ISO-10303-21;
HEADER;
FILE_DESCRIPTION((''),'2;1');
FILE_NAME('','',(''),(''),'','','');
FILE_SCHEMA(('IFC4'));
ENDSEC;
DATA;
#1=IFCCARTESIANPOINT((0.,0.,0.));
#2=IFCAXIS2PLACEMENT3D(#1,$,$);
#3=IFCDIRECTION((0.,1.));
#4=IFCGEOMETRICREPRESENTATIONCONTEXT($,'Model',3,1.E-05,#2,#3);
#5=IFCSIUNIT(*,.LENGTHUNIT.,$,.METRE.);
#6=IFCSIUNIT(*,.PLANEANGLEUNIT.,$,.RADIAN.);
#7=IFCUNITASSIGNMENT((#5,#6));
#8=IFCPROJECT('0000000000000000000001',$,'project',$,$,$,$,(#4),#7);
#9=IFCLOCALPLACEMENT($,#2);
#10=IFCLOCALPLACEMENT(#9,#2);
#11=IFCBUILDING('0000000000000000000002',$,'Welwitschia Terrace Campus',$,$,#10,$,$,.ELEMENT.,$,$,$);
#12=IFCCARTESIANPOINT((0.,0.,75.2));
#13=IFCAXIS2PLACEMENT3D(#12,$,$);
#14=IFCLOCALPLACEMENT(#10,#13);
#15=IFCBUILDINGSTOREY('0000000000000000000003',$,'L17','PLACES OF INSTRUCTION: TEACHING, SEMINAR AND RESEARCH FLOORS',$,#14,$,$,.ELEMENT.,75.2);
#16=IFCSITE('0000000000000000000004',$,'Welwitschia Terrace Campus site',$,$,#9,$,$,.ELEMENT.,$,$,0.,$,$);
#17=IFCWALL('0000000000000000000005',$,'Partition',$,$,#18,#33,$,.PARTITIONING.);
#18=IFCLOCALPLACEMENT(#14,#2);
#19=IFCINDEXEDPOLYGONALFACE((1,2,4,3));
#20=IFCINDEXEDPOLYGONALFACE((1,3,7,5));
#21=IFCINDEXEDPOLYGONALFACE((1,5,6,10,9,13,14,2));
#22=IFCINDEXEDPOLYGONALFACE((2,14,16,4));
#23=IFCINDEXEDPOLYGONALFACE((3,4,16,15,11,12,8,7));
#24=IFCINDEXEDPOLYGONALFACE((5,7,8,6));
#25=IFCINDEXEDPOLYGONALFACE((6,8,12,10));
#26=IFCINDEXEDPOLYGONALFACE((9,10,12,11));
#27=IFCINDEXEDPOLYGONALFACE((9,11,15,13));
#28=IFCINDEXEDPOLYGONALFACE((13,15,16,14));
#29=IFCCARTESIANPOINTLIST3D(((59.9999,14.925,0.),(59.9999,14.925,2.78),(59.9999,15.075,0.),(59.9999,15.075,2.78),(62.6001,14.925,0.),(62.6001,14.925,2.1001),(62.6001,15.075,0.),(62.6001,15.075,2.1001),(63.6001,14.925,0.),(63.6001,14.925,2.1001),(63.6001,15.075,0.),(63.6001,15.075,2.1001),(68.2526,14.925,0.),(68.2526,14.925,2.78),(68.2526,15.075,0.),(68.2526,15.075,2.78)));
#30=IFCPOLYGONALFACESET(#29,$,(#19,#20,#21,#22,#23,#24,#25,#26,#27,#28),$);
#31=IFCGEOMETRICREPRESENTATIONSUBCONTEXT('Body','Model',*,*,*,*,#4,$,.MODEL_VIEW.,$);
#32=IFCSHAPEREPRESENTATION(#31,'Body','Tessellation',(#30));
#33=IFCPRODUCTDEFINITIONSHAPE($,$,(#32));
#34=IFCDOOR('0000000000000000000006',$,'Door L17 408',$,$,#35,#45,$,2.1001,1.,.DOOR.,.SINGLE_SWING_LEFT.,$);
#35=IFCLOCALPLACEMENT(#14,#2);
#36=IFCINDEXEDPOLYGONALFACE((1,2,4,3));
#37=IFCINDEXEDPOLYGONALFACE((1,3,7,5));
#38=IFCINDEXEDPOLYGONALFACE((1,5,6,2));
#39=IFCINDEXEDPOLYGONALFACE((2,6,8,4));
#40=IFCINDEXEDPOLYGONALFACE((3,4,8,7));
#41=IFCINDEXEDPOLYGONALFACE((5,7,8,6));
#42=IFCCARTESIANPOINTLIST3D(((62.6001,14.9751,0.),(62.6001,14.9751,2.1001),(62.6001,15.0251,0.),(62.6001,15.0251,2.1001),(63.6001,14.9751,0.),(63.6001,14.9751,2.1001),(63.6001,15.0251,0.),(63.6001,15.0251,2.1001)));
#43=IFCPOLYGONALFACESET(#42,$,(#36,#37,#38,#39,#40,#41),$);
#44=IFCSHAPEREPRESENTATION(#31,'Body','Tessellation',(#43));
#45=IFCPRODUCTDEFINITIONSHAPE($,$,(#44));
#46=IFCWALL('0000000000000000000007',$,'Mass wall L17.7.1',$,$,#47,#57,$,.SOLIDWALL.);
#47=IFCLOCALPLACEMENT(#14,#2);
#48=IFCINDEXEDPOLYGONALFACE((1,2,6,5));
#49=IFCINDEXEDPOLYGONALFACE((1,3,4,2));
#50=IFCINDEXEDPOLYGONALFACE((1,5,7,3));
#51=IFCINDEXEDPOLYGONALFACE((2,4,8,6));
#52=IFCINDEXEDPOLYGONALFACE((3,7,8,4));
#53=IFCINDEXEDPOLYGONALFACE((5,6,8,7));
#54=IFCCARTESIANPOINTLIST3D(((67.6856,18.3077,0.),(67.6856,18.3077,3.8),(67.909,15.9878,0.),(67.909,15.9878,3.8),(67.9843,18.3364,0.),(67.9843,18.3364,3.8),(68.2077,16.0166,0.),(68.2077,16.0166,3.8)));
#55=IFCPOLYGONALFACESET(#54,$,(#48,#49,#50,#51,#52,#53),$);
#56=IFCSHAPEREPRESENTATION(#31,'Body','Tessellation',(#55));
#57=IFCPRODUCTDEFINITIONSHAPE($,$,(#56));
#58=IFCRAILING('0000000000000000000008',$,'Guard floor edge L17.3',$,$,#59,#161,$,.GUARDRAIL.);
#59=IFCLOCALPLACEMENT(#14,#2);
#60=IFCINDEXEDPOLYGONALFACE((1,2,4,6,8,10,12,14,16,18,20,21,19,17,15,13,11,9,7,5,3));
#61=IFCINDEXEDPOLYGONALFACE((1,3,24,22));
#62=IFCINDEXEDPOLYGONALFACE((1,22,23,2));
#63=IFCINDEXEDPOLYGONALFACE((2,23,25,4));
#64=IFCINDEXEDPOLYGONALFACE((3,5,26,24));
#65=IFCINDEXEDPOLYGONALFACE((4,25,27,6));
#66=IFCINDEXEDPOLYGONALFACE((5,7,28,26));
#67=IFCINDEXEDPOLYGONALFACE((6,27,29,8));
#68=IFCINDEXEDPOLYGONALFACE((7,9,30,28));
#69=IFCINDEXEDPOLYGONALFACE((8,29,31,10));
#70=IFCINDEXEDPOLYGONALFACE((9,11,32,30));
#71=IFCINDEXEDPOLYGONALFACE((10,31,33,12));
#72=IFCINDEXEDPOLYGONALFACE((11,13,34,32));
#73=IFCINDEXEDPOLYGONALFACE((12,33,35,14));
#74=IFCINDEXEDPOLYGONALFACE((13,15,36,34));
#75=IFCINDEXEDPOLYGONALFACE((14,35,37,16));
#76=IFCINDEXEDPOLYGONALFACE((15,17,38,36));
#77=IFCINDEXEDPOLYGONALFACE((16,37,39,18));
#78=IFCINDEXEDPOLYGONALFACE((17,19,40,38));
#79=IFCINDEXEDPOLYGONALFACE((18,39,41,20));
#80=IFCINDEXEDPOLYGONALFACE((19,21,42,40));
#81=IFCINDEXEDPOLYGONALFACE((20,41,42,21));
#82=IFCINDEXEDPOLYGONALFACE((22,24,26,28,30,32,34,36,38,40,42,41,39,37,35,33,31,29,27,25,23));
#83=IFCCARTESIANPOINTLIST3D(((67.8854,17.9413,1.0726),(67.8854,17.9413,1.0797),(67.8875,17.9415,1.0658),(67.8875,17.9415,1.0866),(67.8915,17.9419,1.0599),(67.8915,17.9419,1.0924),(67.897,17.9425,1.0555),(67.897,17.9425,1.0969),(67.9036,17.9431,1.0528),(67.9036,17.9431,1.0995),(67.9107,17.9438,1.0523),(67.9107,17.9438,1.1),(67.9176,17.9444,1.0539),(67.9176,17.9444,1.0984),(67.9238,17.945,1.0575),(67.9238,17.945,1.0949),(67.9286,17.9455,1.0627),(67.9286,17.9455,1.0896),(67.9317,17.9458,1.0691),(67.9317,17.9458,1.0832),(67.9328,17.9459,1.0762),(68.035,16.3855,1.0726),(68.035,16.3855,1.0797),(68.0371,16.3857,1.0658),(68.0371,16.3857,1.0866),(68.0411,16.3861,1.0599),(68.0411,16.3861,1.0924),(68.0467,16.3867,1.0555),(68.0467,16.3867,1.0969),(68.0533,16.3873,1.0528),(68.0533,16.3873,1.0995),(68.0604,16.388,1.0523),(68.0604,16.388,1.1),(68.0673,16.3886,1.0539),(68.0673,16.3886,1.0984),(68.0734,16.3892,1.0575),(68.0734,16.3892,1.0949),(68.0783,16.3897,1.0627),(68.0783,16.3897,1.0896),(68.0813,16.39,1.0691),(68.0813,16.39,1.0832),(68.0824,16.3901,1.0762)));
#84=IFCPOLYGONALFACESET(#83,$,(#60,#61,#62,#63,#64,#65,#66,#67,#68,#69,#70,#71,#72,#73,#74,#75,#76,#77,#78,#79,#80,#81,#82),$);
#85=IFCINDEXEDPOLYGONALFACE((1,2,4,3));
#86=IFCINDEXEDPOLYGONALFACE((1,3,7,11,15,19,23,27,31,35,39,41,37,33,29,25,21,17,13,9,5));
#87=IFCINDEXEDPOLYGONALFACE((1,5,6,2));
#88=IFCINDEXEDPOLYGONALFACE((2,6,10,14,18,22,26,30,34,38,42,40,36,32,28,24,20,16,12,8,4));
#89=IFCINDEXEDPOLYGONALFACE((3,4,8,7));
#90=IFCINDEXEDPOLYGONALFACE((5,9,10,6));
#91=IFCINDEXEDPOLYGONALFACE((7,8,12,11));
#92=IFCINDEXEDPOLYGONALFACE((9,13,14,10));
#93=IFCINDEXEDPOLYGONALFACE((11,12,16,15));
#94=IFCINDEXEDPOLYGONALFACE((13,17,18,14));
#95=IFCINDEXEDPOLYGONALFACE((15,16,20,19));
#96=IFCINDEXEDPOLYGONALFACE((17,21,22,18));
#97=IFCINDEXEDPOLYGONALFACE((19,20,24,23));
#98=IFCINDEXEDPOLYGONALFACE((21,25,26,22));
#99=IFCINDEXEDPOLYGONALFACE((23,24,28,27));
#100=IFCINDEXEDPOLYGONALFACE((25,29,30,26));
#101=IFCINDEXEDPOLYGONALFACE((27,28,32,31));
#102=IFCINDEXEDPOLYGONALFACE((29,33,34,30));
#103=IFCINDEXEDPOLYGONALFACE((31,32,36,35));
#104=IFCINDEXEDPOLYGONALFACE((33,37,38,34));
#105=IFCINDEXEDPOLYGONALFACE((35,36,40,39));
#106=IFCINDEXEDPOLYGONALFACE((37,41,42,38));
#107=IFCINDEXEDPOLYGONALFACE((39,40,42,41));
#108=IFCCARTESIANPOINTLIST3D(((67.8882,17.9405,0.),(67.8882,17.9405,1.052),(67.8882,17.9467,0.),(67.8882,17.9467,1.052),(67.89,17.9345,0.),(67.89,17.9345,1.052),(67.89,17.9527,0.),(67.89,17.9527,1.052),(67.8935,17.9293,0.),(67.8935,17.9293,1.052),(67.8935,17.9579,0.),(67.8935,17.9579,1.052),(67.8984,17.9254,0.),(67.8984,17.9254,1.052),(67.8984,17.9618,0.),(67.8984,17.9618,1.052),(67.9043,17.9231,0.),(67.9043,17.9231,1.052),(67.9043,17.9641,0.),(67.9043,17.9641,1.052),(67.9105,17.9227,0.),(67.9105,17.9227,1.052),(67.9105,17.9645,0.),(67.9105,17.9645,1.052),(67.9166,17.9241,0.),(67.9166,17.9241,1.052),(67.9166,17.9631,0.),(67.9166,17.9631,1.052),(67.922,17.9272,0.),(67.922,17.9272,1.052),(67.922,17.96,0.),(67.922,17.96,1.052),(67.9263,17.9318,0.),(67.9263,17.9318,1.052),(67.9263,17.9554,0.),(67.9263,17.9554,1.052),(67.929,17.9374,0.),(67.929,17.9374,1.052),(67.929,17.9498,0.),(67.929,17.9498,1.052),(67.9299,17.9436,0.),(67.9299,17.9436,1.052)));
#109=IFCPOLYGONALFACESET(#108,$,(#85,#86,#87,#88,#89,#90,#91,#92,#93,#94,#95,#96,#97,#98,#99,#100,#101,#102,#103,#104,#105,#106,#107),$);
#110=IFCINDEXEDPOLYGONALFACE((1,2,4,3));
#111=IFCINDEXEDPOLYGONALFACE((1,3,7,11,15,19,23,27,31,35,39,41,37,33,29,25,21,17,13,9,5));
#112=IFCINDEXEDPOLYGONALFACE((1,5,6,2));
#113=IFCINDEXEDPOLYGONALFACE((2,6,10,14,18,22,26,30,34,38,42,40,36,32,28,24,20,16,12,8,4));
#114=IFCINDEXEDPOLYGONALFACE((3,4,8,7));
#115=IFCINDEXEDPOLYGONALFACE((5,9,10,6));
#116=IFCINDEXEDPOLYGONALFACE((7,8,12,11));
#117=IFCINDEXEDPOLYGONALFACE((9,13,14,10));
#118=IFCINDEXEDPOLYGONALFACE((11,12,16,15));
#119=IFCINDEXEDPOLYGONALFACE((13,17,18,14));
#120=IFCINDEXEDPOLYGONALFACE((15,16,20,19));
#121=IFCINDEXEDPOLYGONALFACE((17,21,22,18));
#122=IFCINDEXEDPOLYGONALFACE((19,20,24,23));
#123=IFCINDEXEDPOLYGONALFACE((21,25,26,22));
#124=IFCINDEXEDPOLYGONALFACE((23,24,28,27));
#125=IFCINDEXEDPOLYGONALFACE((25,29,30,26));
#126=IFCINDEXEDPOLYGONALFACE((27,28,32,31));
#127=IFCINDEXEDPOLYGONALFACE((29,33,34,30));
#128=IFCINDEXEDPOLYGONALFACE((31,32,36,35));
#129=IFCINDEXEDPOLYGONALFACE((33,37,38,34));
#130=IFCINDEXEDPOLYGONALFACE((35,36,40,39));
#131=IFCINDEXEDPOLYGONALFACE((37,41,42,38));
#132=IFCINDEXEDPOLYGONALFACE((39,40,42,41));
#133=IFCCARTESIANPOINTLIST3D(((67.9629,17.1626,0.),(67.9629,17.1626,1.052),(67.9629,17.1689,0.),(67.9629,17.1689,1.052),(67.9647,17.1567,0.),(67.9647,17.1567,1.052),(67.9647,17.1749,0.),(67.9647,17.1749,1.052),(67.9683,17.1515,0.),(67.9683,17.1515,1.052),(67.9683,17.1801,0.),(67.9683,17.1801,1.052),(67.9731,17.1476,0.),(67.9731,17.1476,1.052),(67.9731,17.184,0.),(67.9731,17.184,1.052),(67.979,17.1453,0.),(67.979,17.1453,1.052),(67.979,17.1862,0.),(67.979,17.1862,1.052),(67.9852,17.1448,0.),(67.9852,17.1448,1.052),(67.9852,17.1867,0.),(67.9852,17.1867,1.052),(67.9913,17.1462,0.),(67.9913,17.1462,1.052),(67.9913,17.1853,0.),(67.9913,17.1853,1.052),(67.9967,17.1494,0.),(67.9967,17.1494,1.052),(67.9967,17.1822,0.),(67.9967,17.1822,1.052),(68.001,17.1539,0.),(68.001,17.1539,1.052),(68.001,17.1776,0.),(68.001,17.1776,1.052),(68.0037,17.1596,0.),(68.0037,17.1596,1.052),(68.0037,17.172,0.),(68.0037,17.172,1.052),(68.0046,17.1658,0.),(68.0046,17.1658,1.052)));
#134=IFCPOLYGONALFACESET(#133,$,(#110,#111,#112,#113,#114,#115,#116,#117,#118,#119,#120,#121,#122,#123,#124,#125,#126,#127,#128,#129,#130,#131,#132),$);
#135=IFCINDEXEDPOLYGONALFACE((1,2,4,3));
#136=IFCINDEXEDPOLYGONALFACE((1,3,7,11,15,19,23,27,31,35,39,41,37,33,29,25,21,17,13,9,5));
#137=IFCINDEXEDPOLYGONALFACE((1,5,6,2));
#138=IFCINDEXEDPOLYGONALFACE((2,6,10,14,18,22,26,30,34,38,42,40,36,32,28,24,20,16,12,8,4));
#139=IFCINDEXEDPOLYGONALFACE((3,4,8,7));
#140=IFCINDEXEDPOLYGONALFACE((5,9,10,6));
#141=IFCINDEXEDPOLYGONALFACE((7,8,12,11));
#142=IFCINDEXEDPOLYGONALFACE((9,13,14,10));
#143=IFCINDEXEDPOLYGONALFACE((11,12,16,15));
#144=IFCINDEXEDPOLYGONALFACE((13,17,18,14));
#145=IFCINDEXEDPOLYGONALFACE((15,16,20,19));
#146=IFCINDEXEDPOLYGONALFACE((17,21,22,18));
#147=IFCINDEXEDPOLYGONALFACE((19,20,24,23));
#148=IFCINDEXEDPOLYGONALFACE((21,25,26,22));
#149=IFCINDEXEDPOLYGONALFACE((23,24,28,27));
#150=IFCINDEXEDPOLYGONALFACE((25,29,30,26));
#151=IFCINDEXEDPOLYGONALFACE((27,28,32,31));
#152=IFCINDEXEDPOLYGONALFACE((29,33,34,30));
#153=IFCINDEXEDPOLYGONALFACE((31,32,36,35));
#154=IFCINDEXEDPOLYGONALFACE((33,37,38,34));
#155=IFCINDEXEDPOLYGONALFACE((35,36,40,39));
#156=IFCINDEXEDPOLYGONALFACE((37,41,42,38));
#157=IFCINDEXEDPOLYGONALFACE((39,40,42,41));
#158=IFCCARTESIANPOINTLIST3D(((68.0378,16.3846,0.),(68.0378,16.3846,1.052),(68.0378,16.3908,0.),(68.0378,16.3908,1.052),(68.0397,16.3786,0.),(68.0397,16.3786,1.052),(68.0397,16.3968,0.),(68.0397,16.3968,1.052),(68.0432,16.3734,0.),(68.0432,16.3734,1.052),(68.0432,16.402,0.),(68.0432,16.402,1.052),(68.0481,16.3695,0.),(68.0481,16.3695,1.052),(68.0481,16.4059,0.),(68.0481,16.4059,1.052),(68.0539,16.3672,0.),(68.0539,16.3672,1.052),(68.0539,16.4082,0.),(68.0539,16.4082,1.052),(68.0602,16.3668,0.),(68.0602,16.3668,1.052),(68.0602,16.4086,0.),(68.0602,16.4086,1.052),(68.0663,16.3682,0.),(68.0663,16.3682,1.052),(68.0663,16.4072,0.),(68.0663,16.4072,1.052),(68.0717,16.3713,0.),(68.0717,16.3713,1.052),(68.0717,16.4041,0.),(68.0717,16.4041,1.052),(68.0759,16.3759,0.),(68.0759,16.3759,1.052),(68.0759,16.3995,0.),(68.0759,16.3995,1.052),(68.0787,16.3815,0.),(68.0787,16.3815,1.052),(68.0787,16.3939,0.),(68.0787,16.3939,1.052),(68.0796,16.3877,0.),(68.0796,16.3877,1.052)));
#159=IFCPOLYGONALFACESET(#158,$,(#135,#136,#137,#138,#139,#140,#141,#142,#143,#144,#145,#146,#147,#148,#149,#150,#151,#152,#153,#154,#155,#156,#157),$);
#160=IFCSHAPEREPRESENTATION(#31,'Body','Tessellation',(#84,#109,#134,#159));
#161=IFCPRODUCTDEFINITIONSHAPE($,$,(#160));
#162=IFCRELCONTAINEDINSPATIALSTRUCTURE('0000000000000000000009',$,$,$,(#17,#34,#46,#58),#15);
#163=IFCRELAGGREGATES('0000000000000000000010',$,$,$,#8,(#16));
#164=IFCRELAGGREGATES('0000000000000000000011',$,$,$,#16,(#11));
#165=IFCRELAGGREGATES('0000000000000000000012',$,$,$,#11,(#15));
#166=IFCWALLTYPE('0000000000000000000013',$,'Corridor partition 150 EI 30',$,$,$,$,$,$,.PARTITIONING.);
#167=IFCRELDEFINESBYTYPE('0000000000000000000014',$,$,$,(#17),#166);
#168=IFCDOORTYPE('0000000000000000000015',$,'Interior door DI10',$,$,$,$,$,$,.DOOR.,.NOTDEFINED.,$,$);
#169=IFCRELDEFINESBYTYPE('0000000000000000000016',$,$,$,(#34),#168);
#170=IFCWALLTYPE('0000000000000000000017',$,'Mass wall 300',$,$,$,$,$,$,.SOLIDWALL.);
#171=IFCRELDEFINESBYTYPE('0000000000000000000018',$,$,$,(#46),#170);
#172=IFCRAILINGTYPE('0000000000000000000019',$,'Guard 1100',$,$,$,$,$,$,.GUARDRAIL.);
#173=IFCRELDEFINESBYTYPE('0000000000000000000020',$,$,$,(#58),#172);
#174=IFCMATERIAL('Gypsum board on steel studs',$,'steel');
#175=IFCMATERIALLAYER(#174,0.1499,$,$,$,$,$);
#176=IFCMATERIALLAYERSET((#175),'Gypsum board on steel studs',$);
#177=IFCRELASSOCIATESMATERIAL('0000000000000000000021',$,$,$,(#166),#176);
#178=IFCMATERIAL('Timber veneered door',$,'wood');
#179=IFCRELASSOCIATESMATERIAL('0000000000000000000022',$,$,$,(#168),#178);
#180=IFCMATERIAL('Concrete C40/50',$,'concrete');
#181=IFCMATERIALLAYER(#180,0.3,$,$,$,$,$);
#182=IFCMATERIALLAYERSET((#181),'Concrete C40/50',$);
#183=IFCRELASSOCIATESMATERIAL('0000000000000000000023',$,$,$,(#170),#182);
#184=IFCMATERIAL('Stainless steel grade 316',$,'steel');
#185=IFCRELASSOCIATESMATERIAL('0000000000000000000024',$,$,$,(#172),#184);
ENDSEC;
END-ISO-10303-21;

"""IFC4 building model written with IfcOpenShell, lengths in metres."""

from ifc_helpers import new_model, si_unit, direction, frame, frame_2d, origin, origin_2d, place, context, subcontext, project, spatial, rectangle, circle, extrude, material, layer, layer_set, type_object, element, fill, save


model = new_model("IFC4")

# Units and contexts
model_context = context("Model", 3, precision=1e-05, world=origin(), true_north=direction((0.0, 1.0)))
body_context = subcontext(model_context, "Body", "Model", "MODEL_VIEW")
ifc_project = project(units=[si_unit("LENGTHUNIT", "METRE"), si_unit("PLANEANGLEUNIT", "RADIAN")], contexts=[model_context])

# Site, building, storey
site_placement = place(None, origin())
site = spatial("IfcSite", under=ifc_project, at=site_placement, Name="Welwitschia Terrace Campus site", CompositionType="ELEMENT", RefElevation=0.0)
building_placement = place(site_placement, origin())
building = spatial("IfcBuilding", under=site, at=building_placement, Name="Welwitschia Terrace Campus", CompositionType="ELEMENT")
storey_placement = place(building_placement, frame((0.0, 0.0, 75.2)))
storey = spatial("IfcBuildingStorey", under=building, at=storey_placement, Name="L17", Description="PLACES OF INSTRUCTION: TEACHING, SEMINAR AND RESEARCH FLOORS", CompositionType="ELEMENT", Elevation=75.2)

# Shared definitions
ifc_material_1 = material(Name="Gypsum board on steel studs", Category="steel")
ifc_layer_1 = layer(ifc_material_1, 0.1499)
ifc_layer_set_1 = layer_set([ifc_layer_1], Name="Gypsum board on steel studs")
wall_type_1 = type_object("IfcWallType", Name="Corridor partition 150 EI 30", PredefinedType="PARTITIONING", material=ifc_layer_set_1)

# Shared definitions
ifc_material_2 = material(Name="Timber veneered door", Category="wood")
door_type = type_object("IfcDoorType", Name="Interior door DI10", OperationType="NOTDEFINED", PredefinedType="DOOR", material=ifc_material_2)

# Wall, opening, door
wall_1_placement = place(storey_placement, frame((68.2527, 15.0, 0.0), z_axis=(0.0, 0.0, 1.0), x_axis=(-1.0, 0.0, 0.0)))
wall_1 = element("IfcWall", 1, at=wall_1_placement, inside=storey, type_object=wall_type_1, Name="Partition", PredefinedType="PARTITIONING", context=body_context, shape_type="SweptSolid", body=[
    extrude(rectangle(XDim=8.2527, YDim=0.1499, at=frame_2d((4.1265, 0.0))), origin(), (0.0, 0.0, 1.0), 2.78),
])
opening_1_placement = place(wall_1_placement, frame((4.6526, 0.0, 0.0)))
opening_1 = element("IfcOpeningElement", 2, at=opening_1_placement, cuts=wall_1, PredefinedType="OPENING", context=body_context, shape_type="SweptSolid", body=[
    extrude(rectangle(XDim=1.0, YDim=2.1001, at=frame_2d((0.5, 1.05))), frame((0.0, 0.085, 0.0), z_axis=(0.0, -1.0, 0.0), x_axis=(1.0, 0.0, 0.0)), (0.0, 0.0, 1.0), 0.1699),
])
door_1_placement = place(opening_1_placement, origin())
door_1 = element("IfcDoor", 3, at=door_1_placement, inside=storey, type_object=door_type, Name="Door L17 408", OperationType="SINGLE_SWING_LEFT", OverallHeight=2.1001, OverallWidth=1.0, PredefinedType="DOOR", context=body_context, shape_type="SweptSolid", body=[
    extrude(rectangle(XDim=1.0, YDim=2.1001, at=frame_2d((0.5, 1.05))), frame((0.0, 0.0249, 0.0), z_axis=(0.0, -1.0, 0.0), x_axis=(1.0, 0.0, 0.0)), (0.0, 0.0, 1.0), 0.05),
])
fill(opening_1, door_1)

# Wall
ifc_material_3 = material(Name="Concrete C40/50", Category="concrete")
ifc_layer_2 = layer(ifc_material_3, 0.3)
ifc_layer_set_2 = layer_set([ifc_layer_2], Name="Concrete C40/50")
wall_type_2 = type_object("IfcWallType", Name="Mass wall 300", PredefinedType="SOLIDWALL", material=ifc_layer_set_2)
wall_2_placement = place(storey_placement, frame((68.0583, 16.0022, 0.0), z_axis=(0.0, 0.0, 1.0), x_axis=(-0.095852, 0.995396, 0.0)))
element("IfcWall", 4, at=wall_2_placement, inside=storey, type_object=wall_type_2, Name="Mass wall L17.7.1", PredefinedType="SOLIDWALL", context=body_context, shape_type="SweptSolid", body=[
    extrude(rectangle(XDim=2.3306, YDim=0.3, at=frame_2d((1.1653, 0.0))), origin(), (0.0, 0.0, 1.0), 3.8),
])

# Railing
ifc_material_4 = material(Name="Stainless steel grade 316", Category="steel")
railing_type = type_object("IfcRailingType", Name="Guard 1100", PredefinedType="GUARDRAIL", material=ifc_material_4)
railing_placement = place(storey_placement, frame((67.9089, 17.9436, 0.0)))
element("IfcRailing", 5, at=railing_placement, inside=storey, type_object=railing_type, Name="Guard floor edge L17.3", PredefinedType="GUARDRAIL", context=body_context, shape_type="SweptSolid", body=[
    extrude(circle(Radius=0.0239, at=origin_2d()), frame((0.0, 0.0, 1.0762), z_axis=(0.095745, -0.995406, 0.0), x_axis=(0.995406, 0.095745, 0.0)), (0.0, 0.0, 1.0), 1.563),
    extrude(circle(Radius=0.021, at=origin_2d()), origin(), (0.0, 0.0, 1.0), 1.052),
    extrude(circle(Radius=0.021, at=origin_2d()), frame((0.0747, -0.7778, 0.0)), (0.0, 0.0, 1.0), 1.052),
    extrude(circle(Radius=0.021, at=origin_2d()), frame((0.1497, -1.5559, 0.0)), (0.0, 0.0, 1.0), 1.052),
])

save(model, "model.ifc")
